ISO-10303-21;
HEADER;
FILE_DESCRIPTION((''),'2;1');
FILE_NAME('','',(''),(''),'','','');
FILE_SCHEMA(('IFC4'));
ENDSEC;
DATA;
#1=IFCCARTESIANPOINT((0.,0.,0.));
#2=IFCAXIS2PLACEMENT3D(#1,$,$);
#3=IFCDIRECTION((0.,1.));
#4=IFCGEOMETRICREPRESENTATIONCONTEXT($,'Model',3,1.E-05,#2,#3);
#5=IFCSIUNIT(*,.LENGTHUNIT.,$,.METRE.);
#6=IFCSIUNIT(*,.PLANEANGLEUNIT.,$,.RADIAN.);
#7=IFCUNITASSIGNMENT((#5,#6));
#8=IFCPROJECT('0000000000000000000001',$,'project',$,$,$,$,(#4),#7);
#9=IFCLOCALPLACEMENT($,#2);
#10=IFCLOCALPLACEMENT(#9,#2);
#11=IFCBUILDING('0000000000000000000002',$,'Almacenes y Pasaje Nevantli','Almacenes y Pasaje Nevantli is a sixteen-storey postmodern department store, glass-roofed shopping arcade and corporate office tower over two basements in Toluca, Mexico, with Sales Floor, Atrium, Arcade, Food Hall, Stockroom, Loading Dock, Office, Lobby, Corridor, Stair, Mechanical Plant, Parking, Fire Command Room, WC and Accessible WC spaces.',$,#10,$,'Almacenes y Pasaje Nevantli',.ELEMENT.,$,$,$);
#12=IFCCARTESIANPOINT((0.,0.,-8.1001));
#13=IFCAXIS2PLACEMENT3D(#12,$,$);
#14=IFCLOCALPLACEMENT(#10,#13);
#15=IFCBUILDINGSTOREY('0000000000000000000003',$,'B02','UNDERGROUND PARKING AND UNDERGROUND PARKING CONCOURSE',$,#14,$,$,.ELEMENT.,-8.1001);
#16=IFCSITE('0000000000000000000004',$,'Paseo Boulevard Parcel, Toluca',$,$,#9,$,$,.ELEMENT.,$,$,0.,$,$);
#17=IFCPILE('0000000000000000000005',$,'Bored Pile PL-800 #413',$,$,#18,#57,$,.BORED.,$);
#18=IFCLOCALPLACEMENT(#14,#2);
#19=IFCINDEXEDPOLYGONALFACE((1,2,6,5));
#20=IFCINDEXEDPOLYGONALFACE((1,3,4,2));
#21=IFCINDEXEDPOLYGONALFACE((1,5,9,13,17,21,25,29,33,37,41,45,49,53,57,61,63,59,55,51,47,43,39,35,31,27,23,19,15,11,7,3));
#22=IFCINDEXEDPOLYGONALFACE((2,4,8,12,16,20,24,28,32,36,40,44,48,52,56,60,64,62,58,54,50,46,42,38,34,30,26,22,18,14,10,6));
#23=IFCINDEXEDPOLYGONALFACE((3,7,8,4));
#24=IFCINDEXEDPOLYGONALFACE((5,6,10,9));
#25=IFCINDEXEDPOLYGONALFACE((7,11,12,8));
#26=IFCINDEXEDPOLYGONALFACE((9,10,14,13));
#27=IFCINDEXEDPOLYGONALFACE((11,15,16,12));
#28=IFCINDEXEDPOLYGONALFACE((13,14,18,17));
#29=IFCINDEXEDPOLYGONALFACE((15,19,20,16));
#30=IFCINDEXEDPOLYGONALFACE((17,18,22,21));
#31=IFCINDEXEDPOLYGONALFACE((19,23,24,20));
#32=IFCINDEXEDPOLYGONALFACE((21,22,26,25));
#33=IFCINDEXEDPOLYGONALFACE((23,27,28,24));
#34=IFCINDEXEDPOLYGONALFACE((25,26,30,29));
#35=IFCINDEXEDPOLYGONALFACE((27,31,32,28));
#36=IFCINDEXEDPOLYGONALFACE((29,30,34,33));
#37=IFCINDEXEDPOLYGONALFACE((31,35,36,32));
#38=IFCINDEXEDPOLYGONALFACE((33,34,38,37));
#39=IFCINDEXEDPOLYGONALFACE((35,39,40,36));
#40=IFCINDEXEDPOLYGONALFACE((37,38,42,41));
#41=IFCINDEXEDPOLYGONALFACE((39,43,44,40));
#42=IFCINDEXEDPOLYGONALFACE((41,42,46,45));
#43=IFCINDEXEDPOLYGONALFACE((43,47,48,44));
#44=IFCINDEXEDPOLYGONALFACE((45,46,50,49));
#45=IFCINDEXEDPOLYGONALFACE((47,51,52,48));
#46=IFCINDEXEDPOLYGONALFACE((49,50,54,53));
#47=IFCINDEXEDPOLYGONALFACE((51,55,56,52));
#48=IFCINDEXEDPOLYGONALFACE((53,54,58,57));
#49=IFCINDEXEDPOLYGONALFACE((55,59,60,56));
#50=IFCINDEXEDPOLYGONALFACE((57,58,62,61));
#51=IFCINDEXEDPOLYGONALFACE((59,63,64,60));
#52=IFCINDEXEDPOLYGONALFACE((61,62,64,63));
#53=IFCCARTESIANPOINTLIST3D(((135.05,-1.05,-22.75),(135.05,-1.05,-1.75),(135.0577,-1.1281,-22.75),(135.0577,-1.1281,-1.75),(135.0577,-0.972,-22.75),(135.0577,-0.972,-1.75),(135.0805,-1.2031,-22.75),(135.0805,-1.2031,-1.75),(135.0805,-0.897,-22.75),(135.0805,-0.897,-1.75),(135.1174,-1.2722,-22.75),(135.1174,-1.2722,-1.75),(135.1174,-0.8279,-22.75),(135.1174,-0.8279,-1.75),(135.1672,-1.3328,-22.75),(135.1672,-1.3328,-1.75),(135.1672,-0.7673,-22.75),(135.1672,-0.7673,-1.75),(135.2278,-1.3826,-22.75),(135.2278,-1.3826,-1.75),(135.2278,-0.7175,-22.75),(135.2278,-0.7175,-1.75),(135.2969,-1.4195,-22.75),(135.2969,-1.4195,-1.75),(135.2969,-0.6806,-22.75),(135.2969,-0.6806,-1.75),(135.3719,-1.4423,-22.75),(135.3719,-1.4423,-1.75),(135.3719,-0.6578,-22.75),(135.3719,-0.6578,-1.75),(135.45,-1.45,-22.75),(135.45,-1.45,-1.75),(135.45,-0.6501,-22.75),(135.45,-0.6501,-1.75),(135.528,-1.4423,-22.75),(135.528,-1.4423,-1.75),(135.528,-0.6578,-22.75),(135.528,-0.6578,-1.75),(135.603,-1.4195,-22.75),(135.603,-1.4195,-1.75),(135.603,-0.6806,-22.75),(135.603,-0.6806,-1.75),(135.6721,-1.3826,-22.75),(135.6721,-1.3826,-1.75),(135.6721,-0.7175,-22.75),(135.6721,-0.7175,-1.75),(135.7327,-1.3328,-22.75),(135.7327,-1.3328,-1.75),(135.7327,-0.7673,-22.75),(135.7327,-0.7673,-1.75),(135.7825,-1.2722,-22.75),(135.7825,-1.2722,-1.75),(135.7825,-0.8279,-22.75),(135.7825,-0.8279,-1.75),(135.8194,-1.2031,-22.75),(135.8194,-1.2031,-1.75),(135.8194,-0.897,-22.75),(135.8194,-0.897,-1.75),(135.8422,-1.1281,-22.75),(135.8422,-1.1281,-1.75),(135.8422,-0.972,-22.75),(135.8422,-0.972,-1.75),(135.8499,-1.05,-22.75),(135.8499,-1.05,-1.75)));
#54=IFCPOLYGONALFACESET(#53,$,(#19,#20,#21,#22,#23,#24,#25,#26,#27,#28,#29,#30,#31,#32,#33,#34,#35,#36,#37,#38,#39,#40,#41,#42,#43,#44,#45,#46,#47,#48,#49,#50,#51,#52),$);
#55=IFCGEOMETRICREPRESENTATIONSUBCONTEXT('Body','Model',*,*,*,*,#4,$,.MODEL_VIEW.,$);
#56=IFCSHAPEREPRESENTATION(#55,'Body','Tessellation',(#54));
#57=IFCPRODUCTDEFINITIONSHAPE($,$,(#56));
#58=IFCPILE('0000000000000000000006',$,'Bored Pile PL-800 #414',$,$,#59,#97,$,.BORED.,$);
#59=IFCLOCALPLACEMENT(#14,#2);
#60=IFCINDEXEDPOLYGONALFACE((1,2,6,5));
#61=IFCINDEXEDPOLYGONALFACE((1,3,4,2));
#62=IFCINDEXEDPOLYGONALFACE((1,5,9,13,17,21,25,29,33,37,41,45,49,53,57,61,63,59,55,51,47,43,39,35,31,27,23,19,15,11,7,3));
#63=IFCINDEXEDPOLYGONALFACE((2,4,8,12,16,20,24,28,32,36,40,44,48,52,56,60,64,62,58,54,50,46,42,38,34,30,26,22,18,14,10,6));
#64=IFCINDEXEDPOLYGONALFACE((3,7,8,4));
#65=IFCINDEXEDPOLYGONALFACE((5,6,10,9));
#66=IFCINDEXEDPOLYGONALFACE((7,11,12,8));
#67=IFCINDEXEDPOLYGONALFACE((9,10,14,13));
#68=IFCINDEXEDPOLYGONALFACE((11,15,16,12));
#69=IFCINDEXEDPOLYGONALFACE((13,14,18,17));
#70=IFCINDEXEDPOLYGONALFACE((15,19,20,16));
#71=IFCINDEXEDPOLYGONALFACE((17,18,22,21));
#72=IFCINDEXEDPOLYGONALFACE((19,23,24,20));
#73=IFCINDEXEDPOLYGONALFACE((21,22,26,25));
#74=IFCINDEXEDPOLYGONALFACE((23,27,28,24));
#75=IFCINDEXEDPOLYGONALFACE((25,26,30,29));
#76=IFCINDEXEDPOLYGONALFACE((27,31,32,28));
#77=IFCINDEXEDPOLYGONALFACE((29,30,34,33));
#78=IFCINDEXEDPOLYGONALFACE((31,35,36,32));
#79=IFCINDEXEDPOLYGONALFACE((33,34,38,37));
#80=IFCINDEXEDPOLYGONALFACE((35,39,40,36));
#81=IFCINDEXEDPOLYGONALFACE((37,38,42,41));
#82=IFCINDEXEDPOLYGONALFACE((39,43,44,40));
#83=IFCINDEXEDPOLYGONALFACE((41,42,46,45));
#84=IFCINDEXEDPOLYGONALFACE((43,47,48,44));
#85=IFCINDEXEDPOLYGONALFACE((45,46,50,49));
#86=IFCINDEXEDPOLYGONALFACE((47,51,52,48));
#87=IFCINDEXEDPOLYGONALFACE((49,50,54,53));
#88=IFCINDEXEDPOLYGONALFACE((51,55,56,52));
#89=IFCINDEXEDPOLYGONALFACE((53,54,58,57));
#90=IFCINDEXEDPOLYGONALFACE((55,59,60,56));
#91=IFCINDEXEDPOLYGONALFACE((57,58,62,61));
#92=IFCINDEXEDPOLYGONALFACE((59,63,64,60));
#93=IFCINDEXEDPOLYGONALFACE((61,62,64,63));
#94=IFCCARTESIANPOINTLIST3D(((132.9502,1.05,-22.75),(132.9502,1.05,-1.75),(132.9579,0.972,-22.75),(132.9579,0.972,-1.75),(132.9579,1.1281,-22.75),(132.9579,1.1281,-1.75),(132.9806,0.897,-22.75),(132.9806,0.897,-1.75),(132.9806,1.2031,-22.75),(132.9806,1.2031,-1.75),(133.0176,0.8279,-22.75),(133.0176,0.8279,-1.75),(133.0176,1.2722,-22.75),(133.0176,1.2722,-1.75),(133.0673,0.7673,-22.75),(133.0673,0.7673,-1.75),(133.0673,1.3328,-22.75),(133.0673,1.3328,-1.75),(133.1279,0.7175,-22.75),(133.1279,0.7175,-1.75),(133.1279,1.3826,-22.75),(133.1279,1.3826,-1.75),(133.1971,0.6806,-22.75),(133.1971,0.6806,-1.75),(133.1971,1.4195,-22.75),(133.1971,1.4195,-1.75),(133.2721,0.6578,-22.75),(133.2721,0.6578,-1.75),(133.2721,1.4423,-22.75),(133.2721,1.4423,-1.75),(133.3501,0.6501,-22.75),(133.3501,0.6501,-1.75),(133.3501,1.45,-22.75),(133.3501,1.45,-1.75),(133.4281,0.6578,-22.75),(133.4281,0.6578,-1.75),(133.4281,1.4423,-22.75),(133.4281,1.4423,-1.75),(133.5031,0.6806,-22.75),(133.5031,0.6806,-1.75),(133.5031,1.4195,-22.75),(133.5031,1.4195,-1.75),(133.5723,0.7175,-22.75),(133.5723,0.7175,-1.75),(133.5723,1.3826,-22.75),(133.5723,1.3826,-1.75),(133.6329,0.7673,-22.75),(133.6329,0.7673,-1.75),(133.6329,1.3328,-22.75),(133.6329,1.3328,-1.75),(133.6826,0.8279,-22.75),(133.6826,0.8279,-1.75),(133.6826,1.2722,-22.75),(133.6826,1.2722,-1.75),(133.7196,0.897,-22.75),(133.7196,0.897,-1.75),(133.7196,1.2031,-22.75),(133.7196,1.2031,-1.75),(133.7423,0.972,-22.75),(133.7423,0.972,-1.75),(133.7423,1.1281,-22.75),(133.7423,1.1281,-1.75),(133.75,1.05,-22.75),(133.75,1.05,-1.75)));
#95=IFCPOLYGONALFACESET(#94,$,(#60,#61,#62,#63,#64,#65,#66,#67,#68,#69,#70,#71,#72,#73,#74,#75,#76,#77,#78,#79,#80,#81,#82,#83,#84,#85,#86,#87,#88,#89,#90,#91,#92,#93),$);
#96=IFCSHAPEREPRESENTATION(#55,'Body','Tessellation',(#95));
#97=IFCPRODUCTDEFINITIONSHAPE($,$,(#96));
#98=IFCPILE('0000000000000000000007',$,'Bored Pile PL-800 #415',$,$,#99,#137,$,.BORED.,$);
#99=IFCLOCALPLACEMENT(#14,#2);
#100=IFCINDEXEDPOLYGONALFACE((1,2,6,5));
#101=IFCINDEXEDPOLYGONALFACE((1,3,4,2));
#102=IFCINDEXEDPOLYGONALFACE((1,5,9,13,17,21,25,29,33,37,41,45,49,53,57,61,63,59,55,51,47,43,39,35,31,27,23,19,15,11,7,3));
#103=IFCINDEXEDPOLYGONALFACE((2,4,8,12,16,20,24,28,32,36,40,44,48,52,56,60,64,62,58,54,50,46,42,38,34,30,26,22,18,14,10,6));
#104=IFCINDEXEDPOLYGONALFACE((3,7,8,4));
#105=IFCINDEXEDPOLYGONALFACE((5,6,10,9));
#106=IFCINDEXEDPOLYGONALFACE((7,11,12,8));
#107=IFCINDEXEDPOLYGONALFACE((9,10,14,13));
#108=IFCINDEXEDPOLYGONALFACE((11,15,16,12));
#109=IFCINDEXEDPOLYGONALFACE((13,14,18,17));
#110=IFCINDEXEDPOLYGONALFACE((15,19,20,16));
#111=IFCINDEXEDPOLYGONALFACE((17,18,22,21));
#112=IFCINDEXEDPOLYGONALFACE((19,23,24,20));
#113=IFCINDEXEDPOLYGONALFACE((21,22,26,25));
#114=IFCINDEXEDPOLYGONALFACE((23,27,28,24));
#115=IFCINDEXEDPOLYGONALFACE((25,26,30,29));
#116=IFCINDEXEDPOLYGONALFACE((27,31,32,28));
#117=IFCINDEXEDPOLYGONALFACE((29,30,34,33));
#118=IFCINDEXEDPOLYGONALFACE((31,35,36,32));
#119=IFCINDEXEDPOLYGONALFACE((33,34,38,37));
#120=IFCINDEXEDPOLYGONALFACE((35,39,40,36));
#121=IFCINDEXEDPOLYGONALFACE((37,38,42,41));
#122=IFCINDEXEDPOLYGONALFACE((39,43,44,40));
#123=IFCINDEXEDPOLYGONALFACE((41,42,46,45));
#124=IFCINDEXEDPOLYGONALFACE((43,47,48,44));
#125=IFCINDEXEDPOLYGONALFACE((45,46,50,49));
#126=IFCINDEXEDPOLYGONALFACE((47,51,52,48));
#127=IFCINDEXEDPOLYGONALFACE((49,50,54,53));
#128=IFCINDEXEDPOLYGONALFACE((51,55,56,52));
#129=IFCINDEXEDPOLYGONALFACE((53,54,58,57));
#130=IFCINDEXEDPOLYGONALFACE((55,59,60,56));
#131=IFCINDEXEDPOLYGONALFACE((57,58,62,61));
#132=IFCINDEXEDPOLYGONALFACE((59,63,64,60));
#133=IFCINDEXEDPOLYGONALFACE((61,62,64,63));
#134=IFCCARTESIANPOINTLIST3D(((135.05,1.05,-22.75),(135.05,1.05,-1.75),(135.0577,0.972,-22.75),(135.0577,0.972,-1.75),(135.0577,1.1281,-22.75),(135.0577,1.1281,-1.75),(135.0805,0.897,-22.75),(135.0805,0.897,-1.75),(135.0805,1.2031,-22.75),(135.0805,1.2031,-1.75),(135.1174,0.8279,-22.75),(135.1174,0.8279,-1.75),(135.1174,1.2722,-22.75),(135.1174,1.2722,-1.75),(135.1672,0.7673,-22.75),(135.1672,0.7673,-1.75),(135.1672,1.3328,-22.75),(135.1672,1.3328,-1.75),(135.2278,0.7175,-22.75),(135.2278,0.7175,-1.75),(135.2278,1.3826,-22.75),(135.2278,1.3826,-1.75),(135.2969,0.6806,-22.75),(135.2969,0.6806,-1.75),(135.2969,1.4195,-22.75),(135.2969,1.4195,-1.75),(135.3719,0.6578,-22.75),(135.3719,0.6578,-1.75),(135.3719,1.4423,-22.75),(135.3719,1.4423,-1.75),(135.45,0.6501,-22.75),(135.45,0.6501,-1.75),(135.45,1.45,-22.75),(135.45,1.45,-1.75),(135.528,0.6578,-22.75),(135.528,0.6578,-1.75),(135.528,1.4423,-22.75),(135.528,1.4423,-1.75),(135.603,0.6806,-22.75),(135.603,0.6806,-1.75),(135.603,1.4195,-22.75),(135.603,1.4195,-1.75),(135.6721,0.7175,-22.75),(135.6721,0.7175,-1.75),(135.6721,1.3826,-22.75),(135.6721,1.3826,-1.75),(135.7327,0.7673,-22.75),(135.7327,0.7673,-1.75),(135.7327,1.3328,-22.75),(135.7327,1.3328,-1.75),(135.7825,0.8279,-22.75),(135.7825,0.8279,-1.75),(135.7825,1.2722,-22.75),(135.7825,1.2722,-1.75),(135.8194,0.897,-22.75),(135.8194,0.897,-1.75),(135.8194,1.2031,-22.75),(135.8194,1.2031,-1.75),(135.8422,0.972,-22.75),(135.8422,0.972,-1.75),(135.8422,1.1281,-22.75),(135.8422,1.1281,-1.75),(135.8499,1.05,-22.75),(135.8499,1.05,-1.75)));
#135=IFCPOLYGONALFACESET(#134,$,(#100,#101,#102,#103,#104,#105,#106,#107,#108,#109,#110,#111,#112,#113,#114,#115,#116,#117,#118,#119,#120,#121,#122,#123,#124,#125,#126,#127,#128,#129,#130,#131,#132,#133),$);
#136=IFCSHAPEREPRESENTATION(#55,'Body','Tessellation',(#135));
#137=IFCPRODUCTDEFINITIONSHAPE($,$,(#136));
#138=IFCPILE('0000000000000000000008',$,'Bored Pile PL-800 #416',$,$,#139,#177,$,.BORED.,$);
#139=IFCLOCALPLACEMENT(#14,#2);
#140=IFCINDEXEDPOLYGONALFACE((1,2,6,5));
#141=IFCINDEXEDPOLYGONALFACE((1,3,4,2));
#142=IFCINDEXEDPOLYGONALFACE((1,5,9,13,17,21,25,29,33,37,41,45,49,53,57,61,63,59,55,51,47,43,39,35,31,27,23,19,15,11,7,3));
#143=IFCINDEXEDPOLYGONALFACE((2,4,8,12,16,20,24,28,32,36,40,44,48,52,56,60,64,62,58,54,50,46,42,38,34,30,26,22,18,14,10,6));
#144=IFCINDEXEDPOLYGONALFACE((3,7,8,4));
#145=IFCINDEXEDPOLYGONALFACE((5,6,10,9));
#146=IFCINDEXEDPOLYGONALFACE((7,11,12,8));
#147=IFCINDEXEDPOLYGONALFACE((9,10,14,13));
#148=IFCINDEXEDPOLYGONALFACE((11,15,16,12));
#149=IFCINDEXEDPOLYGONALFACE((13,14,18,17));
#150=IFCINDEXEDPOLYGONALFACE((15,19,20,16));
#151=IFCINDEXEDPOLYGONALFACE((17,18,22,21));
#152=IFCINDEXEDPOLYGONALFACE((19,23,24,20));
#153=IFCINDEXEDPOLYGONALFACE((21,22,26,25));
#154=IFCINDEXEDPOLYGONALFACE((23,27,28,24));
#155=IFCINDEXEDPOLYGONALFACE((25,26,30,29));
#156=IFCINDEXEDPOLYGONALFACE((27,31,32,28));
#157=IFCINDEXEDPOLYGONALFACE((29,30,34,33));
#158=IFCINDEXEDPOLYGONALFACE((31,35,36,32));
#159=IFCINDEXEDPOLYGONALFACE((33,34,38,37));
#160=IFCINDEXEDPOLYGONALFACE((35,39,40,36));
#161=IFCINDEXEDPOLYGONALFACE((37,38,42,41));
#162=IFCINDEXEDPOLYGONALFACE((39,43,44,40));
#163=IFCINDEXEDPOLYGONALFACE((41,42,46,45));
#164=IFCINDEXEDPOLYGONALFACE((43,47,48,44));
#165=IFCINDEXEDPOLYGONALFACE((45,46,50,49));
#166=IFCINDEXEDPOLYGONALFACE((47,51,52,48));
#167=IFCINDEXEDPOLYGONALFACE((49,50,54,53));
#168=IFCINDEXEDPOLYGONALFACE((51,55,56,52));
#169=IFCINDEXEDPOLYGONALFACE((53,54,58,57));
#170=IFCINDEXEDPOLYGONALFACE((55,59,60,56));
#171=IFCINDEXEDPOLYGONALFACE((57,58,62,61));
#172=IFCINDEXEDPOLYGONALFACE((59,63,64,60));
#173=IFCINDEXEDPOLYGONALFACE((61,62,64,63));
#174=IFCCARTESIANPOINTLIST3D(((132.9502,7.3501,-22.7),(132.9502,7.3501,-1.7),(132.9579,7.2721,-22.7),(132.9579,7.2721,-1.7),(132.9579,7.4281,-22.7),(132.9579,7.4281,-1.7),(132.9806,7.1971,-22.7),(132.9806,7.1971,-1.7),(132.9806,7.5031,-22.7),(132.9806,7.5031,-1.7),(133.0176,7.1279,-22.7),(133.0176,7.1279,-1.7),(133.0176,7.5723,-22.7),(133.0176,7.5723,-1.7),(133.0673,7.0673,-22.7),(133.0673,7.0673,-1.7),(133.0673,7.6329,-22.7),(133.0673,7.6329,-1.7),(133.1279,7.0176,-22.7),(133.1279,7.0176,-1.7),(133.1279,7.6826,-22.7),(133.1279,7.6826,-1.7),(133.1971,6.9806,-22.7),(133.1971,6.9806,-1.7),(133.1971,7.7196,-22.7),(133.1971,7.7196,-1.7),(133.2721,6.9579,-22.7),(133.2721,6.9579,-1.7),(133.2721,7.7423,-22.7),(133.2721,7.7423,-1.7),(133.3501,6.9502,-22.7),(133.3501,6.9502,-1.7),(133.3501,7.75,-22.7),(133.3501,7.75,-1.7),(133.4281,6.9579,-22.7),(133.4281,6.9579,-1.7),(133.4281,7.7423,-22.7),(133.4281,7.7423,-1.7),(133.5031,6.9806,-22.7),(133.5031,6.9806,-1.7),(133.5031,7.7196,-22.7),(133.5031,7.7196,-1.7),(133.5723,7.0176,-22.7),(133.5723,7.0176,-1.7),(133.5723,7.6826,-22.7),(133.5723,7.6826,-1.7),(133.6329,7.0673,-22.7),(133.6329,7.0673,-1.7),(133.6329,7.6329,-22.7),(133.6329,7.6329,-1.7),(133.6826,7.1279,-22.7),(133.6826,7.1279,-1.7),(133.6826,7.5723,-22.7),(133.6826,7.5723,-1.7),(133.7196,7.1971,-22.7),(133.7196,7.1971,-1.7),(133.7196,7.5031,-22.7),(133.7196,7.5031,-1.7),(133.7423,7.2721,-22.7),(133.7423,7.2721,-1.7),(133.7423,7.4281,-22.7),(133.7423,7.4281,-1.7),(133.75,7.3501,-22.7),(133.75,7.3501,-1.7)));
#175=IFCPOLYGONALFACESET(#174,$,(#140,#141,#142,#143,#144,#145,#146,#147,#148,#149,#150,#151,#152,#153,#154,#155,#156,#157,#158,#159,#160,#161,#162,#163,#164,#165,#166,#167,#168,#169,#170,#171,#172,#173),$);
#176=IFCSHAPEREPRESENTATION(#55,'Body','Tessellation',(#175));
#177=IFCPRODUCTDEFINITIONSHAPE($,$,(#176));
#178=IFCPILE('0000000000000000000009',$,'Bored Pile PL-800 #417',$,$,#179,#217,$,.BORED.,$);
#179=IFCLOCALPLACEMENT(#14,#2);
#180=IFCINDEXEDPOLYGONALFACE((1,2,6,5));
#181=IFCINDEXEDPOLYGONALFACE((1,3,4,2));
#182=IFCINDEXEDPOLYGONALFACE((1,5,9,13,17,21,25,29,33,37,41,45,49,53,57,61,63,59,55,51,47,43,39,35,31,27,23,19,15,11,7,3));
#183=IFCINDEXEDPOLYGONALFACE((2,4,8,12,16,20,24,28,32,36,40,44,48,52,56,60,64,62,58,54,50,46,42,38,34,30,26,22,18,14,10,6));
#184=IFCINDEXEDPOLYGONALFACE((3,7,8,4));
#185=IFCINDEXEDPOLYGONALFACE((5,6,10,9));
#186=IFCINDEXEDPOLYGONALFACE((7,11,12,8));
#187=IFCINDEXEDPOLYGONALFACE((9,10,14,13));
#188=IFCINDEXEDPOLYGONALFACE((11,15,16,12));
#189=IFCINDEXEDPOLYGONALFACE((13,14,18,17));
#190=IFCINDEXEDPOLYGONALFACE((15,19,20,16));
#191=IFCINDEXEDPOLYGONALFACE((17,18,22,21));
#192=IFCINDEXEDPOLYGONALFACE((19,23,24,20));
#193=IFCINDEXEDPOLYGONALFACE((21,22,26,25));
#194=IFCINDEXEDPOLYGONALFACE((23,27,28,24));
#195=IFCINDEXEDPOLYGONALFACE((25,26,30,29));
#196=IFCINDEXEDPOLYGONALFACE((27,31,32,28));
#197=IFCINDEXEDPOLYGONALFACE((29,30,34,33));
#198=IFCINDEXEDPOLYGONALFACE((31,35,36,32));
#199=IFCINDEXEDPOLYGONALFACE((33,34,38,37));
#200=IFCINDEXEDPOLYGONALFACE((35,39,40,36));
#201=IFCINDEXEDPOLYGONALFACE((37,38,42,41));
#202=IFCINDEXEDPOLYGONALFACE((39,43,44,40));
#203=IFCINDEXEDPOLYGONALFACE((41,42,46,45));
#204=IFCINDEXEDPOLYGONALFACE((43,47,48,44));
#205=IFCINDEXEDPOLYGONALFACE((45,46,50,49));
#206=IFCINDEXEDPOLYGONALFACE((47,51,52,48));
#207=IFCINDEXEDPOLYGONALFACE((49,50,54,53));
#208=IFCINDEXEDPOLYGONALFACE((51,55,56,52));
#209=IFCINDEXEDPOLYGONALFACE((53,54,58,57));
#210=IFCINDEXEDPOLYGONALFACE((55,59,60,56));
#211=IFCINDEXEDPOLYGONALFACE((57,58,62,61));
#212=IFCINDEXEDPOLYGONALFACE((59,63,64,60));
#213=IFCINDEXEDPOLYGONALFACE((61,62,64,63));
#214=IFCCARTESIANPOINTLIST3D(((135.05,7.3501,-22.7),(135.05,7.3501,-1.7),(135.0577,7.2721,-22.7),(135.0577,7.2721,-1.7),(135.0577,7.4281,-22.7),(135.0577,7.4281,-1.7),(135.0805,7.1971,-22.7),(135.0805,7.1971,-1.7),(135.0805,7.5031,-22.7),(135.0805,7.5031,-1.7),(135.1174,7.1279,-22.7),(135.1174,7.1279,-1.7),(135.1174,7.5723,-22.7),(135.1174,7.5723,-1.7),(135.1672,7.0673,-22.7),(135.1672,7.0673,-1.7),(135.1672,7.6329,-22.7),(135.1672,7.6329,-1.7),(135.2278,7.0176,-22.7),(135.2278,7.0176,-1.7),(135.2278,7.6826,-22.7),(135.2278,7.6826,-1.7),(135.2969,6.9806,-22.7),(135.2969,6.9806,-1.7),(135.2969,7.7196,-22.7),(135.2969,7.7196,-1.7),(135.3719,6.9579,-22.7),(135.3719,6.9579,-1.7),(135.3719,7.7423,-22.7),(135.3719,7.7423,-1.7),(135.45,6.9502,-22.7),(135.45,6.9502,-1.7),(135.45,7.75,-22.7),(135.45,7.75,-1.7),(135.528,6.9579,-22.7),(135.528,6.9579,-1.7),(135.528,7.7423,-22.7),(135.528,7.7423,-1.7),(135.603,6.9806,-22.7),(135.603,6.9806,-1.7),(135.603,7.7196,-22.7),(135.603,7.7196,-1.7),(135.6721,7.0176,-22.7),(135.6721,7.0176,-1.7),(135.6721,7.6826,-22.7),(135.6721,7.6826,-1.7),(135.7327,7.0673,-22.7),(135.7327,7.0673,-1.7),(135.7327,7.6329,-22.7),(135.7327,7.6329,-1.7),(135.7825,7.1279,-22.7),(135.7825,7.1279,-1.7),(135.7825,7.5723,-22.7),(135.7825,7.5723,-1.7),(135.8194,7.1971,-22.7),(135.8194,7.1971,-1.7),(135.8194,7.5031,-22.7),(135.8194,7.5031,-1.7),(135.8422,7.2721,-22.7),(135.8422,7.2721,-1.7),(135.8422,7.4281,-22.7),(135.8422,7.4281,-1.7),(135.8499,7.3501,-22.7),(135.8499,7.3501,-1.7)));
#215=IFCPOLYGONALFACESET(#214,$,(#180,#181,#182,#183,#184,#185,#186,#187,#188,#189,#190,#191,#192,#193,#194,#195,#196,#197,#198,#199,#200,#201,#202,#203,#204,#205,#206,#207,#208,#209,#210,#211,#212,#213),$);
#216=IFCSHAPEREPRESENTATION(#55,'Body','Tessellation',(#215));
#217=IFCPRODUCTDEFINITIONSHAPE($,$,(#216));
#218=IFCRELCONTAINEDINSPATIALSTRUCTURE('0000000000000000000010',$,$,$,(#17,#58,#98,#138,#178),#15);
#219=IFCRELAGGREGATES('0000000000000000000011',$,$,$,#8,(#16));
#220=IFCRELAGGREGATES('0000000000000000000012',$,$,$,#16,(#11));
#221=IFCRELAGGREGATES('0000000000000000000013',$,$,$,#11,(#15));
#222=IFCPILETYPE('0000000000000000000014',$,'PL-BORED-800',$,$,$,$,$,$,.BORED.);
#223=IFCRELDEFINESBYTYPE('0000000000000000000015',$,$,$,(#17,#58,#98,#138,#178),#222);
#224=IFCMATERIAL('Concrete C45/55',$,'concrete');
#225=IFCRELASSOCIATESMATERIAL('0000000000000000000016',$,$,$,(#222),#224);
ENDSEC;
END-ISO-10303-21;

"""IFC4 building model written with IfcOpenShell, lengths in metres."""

from ifc_helpers import new_model, si_unit, direction, frame, origin, origin_2d, place, context, subcontext, project, spatial, circle, extrude, material, material_profile, profile_set, type_object, element, save


model = new_model("IFC4")

# Units and contexts
model_context = context("Model", 3, precision=1e-05, world=origin(), true_north=direction((0.0, 1.0)))
body_context = subcontext(model_context, "Body", "Model", "MODEL_VIEW")
ifc_project = project(units=[si_unit("LENGTHUNIT", "METRE"), si_unit("PLANEANGLEUNIT", "RADIAN")], contexts=[model_context])

# Site, building, storey
site_placement = place(None, origin())
site = spatial("IfcSite", under=ifc_project, at=site_placement, Name="Paseo Boulevard Parcel, Toluca", CompositionType="ELEMENT", RefElevation=0.0)
building_placement = place(site_placement, origin())
building = spatial("IfcBuilding", under=site, at=building_placement, Name="Almacenes y Pasaje Nevantli", Description="Almacenes y Pasaje Nevantli is a sixteen-storey postmodern department store, glass-roofed shopping arcade and corporate office tower over two basements in Toluca, Mexico, with Sales Floor, Atrium, Arcade, Food Hall, Stockroom, Loading Dock, Office, Lobby, Corridor, Stair, Mechanical Plant, Parking, Fire Command Room, WC and Accessible WC spaces.", LongName="Almacenes y Pasaje Nevantli", CompositionType="ELEMENT")
storey_placement = place(building_placement, frame((0.0, 0.0, -8.1001)))
storey = spatial("IfcBuildingStorey", under=building, at=storey_placement, Name="B02", Description="UNDERGROUND PARKING AND UNDERGROUND PARKING CONCOURSE", CompositionType="ELEMENT", Elevation=-8.1001)

# Piles
ifc_material_1 = material(Name="Concrete C45/55", Category="concrete")
ifc_material_profile_1 = material_profile(ifc_material_1, circle(Radius=0.3999, at=origin_2d()), Name="RC-PILE-D800")
ifc_profile_set_1 = profile_set([ifc_material_profile_1], Name="Concrete C45/55")
pile_type_1 = type_object("IfcPileType", Name="PL-BORED-800", PredefinedType="BORED", material=ifc_profile_set_1)
for number, where, z_axis, x_axis, name in (
    (1, (135.45, -1.05, -1.75), (0.0, 0.0, -1.0), (1.0, 0.0, 0.0), "Bored Pile PL-800 #413"),
    (2, (133.3501, 1.05, -1.75), (0.0, 0.0, -1.0), (1.0, 0.0, 0.0), "Bored Pile PL-800 #414"),
    (3, (135.45, 1.05, -1.75), (0.0, 0.0, -1.0), (1.0, 0.0, 0.0), "Bored Pile PL-800 #415"),
    (4, (133.3501, 7.3501, -1.7), (0.0, 0.0, -1.0), (1.0, 0.0, 0.0), "Bored Pile PL-800 #416"),
    (5, (135.45, 7.3501, -1.7), (0.0, 0.0, -1.0), (1.0, 0.0, 0.0), "Bored Pile PL-800 #417"),
):
    element("IfcPile", number, at=place(storey_placement, frame(where, z_axis=z_axis, x_axis=x_axis)), inside=storey, type_object=pile_type_1, Name=name, PredefinedType="BORED", context=body_context, shape_type="SweptSolid", body=[
        extrude(circle(Radius=0.3999, at=origin_2d()), origin(), (0.0, 0.0, 1.0), 21.0),
    ])

save(model, "model.ifc")
